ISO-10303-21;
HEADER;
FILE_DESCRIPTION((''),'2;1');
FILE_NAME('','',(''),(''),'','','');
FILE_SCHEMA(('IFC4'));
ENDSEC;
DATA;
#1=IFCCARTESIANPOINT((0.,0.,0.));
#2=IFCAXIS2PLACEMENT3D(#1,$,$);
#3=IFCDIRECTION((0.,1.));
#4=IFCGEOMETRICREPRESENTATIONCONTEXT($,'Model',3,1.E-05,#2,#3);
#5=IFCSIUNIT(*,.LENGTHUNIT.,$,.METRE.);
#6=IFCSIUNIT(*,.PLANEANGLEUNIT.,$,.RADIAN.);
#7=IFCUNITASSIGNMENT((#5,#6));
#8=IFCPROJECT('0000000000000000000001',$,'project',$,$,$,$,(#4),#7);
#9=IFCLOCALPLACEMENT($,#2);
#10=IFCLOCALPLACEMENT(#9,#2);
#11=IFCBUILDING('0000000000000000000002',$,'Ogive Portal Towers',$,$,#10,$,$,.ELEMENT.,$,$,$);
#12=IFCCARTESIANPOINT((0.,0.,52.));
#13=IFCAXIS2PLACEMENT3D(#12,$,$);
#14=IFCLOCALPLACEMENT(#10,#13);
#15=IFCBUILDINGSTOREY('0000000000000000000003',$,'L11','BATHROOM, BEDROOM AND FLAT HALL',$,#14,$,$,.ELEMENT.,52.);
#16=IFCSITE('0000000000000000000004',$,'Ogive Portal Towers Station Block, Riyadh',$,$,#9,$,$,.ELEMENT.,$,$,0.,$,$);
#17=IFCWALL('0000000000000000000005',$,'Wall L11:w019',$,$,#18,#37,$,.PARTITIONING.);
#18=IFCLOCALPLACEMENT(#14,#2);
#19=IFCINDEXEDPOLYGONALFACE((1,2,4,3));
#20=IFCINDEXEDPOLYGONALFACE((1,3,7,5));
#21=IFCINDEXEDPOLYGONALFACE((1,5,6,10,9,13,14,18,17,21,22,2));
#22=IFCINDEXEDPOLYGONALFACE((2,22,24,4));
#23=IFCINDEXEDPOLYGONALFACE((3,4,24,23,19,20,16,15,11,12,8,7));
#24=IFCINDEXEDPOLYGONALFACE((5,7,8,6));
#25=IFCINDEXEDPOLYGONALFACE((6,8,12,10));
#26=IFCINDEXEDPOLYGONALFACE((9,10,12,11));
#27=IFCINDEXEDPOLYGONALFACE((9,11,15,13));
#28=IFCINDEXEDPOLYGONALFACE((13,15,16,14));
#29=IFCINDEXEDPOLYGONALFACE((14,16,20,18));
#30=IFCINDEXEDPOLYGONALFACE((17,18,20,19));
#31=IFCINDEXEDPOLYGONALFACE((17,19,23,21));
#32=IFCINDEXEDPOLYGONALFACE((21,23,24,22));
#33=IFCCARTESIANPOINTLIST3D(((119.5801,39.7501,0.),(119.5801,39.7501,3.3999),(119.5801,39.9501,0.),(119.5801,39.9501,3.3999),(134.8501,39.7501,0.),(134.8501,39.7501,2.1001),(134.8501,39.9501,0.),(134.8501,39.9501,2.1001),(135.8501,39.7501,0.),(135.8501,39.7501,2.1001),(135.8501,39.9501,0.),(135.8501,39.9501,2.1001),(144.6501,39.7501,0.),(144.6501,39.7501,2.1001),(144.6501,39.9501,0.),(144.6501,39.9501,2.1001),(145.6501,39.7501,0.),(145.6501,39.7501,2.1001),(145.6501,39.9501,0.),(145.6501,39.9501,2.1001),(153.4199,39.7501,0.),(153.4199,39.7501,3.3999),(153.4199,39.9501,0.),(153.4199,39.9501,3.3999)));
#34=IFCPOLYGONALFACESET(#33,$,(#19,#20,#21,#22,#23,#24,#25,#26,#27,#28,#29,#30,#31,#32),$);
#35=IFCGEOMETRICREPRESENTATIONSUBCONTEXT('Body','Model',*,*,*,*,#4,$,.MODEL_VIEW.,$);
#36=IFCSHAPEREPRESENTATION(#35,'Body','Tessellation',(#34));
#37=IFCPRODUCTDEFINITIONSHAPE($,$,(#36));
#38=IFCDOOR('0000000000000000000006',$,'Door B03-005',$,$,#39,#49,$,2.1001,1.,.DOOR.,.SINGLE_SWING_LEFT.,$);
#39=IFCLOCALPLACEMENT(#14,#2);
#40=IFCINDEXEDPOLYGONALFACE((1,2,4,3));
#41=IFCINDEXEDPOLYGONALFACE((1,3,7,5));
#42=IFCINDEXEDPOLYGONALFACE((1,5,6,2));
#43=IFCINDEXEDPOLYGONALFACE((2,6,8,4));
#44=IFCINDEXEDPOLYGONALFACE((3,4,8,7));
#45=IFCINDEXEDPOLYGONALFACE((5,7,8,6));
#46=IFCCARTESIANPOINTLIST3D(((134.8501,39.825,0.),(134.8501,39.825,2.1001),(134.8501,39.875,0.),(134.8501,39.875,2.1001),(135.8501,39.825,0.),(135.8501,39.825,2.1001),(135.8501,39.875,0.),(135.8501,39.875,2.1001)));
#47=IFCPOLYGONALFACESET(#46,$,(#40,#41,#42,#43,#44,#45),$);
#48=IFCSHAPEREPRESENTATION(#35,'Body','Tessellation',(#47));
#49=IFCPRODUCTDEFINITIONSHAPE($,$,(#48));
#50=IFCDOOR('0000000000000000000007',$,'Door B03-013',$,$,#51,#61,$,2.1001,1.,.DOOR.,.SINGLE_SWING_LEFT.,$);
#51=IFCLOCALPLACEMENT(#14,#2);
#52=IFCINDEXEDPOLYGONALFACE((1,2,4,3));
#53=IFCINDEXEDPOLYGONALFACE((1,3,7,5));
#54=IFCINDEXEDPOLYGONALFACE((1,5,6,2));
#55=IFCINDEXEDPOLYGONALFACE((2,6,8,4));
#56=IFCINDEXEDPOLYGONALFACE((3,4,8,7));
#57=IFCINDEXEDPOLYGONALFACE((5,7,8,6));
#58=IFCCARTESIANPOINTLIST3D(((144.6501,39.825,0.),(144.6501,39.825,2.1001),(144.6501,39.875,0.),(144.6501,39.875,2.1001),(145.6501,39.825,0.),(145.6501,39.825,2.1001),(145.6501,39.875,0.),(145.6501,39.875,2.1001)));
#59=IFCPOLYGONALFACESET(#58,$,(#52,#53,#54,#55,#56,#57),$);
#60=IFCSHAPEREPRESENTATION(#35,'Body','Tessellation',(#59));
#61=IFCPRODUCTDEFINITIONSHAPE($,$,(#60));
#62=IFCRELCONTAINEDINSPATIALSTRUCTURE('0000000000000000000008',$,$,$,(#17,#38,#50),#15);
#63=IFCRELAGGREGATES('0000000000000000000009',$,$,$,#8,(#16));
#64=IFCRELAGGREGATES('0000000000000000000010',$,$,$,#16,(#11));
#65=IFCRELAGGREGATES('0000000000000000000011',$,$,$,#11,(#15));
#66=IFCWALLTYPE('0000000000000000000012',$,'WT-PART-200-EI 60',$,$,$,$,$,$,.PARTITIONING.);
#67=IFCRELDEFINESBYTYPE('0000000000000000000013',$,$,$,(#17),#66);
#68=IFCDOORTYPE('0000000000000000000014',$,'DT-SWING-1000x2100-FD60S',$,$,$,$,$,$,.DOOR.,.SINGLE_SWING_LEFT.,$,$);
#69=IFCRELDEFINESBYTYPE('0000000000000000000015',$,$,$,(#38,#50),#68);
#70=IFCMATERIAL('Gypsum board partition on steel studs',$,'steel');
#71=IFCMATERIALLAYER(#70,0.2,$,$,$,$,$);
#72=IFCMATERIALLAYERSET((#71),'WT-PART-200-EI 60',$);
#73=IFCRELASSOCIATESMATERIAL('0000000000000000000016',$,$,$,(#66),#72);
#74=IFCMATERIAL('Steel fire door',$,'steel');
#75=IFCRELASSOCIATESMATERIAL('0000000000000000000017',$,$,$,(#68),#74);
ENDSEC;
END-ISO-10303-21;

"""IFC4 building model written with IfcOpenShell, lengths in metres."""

from ifc_helpers import new_model, si_unit, direction, frame, frame_2d, origin, place, context, subcontext, project, spatial, rectangle, extrude, material, layer, layer_set, type_object, element, fill, save


model = new_model("IFC4")

# Units and contexts
model_context = context("Model", 3, precision=1e-05, world=origin(), true_north=direction((0.0, 1.0)))
body_context = subcontext(model_context, "Body", "Model", "MODEL_VIEW")
ifc_project = project(units=[si_unit("LENGTHUNIT", "METRE"), si_unit("PLANEANGLEUNIT", "RADIAN")], contexts=[model_context])

# Site, building, storey
site_placement = place(None, origin())
site = spatial("IfcSite", under=ifc_project, at=site_placement, Name="Ogive Portal Towers Station Block, Riyadh", CompositionType="ELEMENT", RefElevation=0.0)
building_placement = place(site_placement, origin())
building = spatial("IfcBuilding", under=site, at=building_placement, Name="Ogive Portal Towers", CompositionType="ELEMENT")
storey_placement = place(building_placement, frame((0.0, 0.0, 52.0)))
storey = spatial("IfcBuildingStorey", under=building, at=storey_placement, Name="L11", Description="BATHROOM, BEDROOM AND FLAT HALL", CompositionType="ELEMENT", Elevation=52.0)

# Shared definitions
ifc_material_1 = material(Name="Steel fire door", Category="steel")

# Shared definitions
ifc_material_2 = material(Name="Gypsum board partition on steel studs", Category="steel")
ifc_layer_1 = layer(ifc_material_2, 0.2)
ifc_layer_set_1 = layer_set([ifc_layer_1], Name="WT-PART-200-EI 60")
wall_type_1 = type_object("IfcWallType", Name="WT-PART-200-EI 60", PredefinedType="PARTITIONING", material=ifc_layer_set_1)

# Wall, openings, doors
wall_1_placement = place(storey_placement, frame((119.5801, 39.8501, 0.0), z_axis=(0.0, 0.0, 1.0), x_axis=(1.0, 0.0, 0.0)))
wall_1 = element("IfcWall", 1, at=wall_1_placement, inside=storey, type_object=wall_type_1, Name="Wall L11:w019", PredefinedType="PARTITIONING", context=body_context, shape_type="SweptSolid", body=[
    extrude(rectangle(XDim=33.8398, YDim=0.2, at=frame_2d((16.9199, 0.0))), origin(), (0.0, 0.0, 1.0), 3.3999),
])
opening_1_placement = place(wall_1_placement, frame((15.27, 0.0, 0.0)))
opening_1 = element("IfcOpeningElement", 2, at=opening_1_placement, cuts=wall_1, PredefinedType="OPENING", context=body_context, shape_type="SweptSolid", body=[
    extrude(rectangle(XDim=1.0, YDim=2.1001, at=frame_2d((0.5, 1.05))), frame((0.0, 0.1099, 0.0), z_axis=(0.0, -1.0, 0.0), x_axis=(1.0, 0.0, 0.0)), (0.0, 0.0, 1.0), 0.22),
])
opening_2_placement = place(wall_1_placement, frame((25.0701, 0.0, 0.0)))
opening_2 = element("IfcOpeningElement", 3, at=opening_2_placement, cuts=wall_1, PredefinedType="OPENING", context=body_context, shape_type="SweptSolid", body=[
    extrude(rectangle(XDim=1.0, YDim=2.1001, at=frame_2d((0.5, 1.05))), frame((0.0, 0.1099, 0.0), z_axis=(0.0, -1.0, 0.0), x_axis=(1.0, 0.0, 0.0)), (0.0, 0.0, 1.0), 0.22),
])
door_type_1 = type_object("IfcDoorType", Name="DT-SWING-1000x2100-FD60S", OperationType="SINGLE_SWING_LEFT", PredefinedType="DOOR", material=ifc_material_1)
door_1_placement = place(opening_1_placement, origin())
door_1 = element("IfcDoor", 4, at=door_1_placement, inside=storey, type_object=door_type_1, Name="Door B03-005", OperationType="SINGLE_SWING_LEFT", OverallHeight=2.1001, OverallWidth=1.0, PredefinedType="DOOR", context=body_context, shape_type="SweptSolid", body=[
    extrude(rectangle(XDim=1.0, YDim=2.1001, at=frame_2d((0.5, 1.05))), frame((0.0, 0.0249, 0.0), z_axis=(0.0, -1.0, 0.0), x_axis=(1.0, 0.0, 0.0)), (0.0, 0.0, 1.0), 0.05),
])
fill(opening_1, door_1)
door_2_placement = place(opening_2_placement, origin())
door_2 = element("IfcDoor", 5, at=door_2_placement, inside=storey, type_object=door_type_1, Name="Door B03-013", OperationType="SINGLE_SWING_LEFT", OverallHeight=2.1001, OverallWidth=1.0, PredefinedType="DOOR", context=body_context, shape_type="SweptSolid", body=[
    extrude(rectangle(XDim=1.0, YDim=2.1001, at=frame_2d((0.5, 1.05))), frame((0.0, 0.0249, 0.0), z_axis=(0.0, -1.0, 0.0), x_axis=(1.0, 0.0, 0.0)), (0.0, 0.0, 1.0), 0.05),
])
fill(opening_2, door_2)

save(model, "model.ifc")
